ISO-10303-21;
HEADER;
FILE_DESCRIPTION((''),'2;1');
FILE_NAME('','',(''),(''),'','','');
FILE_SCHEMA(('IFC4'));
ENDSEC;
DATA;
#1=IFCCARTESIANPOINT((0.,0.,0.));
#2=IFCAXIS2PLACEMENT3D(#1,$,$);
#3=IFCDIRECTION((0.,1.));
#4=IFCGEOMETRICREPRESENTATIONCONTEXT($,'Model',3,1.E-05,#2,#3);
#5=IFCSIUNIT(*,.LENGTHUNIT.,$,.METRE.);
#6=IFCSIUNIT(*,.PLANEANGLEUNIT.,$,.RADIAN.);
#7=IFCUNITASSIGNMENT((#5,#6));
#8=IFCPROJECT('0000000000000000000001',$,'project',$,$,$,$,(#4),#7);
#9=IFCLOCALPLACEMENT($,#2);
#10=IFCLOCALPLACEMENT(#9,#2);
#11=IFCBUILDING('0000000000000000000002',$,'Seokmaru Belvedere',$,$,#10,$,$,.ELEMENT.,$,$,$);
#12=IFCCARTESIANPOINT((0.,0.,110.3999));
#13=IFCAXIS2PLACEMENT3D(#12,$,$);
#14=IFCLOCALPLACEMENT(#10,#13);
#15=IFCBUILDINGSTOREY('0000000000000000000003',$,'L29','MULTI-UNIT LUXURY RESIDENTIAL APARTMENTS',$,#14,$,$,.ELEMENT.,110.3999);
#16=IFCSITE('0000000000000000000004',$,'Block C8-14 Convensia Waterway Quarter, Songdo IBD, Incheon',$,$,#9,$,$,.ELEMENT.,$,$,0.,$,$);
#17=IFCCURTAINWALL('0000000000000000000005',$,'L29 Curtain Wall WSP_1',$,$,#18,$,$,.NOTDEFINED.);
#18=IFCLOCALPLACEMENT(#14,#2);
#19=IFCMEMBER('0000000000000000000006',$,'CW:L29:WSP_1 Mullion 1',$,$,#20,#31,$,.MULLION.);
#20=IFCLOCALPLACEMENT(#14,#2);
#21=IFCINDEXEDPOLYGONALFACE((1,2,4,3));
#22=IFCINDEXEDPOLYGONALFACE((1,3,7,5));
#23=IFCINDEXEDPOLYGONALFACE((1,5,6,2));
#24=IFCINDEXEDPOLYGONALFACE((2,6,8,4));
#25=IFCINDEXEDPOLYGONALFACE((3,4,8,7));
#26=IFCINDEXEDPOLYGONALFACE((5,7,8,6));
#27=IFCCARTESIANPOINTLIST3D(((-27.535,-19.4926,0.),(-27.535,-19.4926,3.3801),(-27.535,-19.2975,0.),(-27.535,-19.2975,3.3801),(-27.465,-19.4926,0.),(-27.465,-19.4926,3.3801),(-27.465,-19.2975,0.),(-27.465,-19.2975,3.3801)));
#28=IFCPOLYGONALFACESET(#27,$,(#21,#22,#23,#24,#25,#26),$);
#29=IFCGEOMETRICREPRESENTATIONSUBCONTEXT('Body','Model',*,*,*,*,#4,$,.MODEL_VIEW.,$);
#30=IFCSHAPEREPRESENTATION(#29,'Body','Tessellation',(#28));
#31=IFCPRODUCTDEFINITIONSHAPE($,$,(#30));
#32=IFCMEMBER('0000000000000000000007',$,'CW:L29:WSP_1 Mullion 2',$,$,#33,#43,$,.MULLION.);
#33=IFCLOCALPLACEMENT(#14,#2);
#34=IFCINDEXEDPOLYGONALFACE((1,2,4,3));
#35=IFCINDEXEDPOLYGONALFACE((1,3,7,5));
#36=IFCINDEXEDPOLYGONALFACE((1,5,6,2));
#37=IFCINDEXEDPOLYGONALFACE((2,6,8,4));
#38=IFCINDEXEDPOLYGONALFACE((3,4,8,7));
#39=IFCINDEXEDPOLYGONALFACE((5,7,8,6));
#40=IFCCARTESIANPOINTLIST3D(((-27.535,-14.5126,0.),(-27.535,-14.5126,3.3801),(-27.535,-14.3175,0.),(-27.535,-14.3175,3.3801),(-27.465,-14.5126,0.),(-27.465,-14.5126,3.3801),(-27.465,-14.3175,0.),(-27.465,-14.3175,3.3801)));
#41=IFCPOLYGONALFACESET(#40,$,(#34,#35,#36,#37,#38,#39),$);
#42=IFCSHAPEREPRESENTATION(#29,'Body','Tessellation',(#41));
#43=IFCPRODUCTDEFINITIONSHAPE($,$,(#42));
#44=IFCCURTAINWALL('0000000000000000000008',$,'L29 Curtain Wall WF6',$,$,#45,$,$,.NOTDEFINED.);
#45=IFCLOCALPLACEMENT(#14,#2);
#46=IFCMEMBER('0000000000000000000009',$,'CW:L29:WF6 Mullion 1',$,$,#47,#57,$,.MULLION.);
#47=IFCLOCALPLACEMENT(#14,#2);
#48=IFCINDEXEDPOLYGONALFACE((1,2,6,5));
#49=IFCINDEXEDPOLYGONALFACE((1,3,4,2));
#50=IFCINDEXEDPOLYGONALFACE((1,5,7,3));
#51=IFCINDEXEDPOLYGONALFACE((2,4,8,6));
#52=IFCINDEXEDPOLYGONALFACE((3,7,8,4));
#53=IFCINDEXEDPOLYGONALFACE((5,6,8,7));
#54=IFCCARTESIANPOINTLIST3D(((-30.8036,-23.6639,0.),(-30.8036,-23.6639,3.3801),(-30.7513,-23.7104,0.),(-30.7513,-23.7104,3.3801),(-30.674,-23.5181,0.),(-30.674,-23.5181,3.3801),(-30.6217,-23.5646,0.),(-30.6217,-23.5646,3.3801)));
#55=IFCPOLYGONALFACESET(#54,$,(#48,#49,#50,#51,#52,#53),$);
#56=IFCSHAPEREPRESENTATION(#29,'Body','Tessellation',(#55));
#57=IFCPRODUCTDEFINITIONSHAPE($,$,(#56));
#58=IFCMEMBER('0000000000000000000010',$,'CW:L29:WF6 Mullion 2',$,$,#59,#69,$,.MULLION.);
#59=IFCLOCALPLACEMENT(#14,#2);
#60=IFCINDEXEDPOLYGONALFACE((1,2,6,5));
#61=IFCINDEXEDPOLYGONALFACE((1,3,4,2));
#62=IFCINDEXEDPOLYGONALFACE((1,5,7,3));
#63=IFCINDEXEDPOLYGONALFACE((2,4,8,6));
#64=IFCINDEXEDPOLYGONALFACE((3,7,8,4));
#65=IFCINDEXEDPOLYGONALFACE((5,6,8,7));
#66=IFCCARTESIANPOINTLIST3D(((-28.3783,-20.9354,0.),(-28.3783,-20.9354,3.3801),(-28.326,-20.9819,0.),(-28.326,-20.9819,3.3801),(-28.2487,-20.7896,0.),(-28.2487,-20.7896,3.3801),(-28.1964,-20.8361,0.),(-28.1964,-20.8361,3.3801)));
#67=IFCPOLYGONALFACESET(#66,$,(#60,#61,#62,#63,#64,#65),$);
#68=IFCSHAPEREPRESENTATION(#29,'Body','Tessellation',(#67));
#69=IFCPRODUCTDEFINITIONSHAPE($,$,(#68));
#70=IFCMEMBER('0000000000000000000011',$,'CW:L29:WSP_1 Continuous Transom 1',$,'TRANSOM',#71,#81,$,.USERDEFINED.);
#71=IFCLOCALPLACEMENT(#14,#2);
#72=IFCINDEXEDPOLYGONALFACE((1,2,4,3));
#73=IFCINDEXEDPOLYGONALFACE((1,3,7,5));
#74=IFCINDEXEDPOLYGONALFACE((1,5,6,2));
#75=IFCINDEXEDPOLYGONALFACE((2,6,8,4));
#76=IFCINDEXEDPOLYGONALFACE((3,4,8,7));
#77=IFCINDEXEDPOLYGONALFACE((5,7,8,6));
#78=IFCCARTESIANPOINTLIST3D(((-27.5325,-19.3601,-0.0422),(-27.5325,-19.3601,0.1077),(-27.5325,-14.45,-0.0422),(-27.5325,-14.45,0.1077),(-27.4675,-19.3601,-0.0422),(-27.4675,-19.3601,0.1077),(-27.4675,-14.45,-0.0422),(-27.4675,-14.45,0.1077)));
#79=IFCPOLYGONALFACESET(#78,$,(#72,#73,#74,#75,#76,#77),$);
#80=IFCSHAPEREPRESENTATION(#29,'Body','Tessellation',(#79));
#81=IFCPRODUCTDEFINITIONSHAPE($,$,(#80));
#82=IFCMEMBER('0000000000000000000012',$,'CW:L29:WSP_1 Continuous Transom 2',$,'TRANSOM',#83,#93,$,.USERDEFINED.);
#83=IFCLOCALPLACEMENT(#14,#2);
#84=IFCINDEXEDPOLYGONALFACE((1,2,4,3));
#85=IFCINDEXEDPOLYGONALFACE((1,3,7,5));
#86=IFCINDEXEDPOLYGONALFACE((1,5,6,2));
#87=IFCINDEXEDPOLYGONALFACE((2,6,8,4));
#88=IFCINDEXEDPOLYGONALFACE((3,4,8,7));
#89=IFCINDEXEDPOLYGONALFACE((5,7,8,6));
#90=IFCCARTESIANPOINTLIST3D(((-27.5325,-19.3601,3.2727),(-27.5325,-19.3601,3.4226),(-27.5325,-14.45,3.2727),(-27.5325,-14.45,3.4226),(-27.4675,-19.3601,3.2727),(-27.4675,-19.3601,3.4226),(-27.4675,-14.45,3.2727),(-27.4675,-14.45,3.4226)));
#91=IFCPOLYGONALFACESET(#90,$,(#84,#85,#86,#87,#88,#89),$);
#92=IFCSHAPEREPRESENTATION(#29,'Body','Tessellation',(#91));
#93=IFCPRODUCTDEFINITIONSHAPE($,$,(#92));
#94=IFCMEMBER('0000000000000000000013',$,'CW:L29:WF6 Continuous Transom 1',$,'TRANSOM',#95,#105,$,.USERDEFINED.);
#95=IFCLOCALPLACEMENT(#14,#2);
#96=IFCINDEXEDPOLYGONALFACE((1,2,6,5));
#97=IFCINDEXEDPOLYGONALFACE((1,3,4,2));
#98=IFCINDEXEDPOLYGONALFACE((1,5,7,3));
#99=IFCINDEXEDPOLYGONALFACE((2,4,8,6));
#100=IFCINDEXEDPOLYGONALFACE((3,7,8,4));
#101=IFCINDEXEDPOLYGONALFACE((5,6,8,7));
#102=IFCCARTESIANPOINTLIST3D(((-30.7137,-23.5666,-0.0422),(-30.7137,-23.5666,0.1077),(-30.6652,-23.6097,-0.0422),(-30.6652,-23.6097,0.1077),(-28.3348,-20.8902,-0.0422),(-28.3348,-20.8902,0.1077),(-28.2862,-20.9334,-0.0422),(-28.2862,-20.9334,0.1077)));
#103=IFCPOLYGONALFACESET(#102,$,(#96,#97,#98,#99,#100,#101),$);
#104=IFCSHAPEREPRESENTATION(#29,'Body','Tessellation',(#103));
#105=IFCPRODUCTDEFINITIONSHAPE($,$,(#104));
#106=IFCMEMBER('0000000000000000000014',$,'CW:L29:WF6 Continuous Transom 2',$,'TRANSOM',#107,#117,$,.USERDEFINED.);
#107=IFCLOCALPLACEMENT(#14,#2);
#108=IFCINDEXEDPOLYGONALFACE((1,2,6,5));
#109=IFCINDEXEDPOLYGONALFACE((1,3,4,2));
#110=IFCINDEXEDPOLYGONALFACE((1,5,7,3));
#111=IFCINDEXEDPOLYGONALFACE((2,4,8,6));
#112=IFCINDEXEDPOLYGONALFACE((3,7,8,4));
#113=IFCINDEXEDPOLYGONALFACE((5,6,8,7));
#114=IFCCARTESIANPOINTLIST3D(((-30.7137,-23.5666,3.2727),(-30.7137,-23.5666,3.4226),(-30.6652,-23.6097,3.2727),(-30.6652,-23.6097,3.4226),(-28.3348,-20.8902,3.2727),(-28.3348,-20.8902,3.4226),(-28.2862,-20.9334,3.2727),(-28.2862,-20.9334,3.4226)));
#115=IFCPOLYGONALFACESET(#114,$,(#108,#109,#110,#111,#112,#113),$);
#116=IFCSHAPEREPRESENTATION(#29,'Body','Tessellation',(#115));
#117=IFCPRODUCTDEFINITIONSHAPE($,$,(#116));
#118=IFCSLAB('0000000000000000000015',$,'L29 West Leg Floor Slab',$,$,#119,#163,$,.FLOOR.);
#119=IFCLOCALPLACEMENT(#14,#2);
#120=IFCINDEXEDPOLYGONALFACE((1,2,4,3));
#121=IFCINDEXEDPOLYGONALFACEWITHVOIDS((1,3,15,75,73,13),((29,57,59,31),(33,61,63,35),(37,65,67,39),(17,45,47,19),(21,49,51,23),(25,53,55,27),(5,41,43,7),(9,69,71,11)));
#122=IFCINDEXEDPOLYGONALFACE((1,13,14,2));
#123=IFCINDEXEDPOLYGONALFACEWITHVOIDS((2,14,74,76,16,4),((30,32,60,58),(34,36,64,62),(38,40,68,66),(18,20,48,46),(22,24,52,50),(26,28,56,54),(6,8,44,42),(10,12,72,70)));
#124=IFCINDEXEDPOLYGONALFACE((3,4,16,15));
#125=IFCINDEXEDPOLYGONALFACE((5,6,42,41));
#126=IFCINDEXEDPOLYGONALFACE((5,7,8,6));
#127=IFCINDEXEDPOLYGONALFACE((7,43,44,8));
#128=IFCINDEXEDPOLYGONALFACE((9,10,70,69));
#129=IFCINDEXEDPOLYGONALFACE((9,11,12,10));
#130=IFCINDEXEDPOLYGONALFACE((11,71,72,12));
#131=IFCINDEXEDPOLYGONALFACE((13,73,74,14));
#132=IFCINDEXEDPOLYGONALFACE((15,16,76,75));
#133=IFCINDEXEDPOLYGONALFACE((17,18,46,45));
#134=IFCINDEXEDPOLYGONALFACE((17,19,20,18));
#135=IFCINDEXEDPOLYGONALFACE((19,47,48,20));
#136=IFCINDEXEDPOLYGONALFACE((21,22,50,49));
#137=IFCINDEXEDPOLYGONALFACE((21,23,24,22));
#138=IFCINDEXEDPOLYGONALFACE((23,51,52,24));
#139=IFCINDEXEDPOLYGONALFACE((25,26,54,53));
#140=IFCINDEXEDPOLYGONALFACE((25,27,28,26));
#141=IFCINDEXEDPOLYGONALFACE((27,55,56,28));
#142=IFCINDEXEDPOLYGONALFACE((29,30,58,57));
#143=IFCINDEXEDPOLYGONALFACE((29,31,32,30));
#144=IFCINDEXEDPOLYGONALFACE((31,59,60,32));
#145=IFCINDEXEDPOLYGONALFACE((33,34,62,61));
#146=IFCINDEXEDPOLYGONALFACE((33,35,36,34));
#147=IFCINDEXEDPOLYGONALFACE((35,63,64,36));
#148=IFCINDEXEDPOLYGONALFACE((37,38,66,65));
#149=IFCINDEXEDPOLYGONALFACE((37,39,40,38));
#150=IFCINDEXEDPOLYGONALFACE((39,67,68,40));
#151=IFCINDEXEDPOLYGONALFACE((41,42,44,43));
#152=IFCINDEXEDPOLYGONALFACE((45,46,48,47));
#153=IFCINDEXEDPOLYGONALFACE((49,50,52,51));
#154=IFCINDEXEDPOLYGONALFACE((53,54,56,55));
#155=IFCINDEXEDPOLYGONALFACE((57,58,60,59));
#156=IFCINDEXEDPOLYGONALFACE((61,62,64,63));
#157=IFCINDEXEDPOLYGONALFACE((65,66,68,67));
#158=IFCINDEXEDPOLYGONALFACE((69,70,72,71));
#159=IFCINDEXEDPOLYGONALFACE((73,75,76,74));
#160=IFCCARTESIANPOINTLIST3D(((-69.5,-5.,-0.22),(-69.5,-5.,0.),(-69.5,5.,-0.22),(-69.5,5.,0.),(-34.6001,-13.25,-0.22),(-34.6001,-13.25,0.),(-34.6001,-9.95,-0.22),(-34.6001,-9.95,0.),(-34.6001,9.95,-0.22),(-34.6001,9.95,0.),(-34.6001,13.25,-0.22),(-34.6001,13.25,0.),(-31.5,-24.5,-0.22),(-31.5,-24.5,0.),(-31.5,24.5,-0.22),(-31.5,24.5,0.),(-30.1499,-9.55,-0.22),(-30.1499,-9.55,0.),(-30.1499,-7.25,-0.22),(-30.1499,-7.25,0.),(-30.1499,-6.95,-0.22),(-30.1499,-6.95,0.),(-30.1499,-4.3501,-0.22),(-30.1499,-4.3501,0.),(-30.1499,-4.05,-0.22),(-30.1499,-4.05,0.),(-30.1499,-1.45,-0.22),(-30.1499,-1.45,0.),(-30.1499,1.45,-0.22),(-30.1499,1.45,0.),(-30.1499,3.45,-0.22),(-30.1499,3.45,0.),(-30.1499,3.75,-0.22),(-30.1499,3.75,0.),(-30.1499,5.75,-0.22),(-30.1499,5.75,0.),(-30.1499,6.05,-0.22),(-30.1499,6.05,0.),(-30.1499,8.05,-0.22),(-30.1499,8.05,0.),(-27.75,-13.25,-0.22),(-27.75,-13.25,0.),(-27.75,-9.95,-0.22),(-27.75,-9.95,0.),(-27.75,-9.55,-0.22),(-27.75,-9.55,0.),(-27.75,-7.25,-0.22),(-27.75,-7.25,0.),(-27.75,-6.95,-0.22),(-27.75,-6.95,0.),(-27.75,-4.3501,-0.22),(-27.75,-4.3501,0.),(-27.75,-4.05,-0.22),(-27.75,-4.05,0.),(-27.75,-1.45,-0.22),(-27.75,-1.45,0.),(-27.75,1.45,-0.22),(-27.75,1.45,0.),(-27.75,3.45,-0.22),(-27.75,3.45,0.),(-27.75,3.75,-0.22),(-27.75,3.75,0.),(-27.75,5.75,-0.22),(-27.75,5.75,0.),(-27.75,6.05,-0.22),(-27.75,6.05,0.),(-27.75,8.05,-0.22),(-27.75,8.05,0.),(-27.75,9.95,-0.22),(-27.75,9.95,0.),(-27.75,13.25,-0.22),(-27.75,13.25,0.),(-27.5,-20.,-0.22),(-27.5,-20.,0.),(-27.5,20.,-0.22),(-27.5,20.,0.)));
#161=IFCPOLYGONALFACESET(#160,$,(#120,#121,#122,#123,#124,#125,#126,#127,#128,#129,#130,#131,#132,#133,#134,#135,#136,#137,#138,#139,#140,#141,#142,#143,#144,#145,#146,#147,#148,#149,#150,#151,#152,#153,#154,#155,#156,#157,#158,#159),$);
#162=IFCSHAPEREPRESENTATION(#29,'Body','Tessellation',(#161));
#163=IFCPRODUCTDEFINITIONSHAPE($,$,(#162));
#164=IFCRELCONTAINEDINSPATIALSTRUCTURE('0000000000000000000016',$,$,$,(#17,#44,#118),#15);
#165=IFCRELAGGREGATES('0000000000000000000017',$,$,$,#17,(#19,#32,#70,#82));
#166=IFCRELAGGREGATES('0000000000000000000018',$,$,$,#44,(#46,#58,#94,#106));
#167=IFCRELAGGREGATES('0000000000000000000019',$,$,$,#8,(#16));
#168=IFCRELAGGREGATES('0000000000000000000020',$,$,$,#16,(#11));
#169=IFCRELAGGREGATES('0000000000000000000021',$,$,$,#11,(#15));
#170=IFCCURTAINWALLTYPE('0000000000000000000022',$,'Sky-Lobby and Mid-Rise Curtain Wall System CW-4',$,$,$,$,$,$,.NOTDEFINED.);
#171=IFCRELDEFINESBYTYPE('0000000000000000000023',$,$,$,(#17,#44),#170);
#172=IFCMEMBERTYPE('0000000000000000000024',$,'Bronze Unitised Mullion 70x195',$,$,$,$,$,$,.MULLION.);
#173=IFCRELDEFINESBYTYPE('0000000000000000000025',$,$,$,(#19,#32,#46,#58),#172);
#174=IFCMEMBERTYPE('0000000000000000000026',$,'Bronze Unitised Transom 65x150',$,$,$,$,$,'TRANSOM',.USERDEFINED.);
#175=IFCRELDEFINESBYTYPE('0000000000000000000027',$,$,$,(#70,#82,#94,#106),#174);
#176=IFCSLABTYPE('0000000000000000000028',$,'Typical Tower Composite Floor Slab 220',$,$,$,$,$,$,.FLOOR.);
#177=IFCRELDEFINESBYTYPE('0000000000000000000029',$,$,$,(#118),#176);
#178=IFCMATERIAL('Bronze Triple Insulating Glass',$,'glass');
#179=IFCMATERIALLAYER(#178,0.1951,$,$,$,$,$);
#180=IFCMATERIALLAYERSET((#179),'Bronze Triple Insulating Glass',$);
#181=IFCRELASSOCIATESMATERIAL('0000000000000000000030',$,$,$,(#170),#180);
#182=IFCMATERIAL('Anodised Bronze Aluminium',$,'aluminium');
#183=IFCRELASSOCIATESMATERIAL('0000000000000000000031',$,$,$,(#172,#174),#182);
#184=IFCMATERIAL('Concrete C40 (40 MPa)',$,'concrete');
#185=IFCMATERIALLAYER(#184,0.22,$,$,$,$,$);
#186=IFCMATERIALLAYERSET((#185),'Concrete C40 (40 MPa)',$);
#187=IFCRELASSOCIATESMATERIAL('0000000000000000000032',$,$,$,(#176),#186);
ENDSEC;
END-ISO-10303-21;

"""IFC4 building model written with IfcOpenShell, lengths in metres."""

from ifc_helpers import new_model, si_unit, direction, frame, origin, origin_2d, place, context, subcontext, project, spatial, polyline, rectangle, outline, extrude, source, transform, mapped, material, layer, layer_set, material_profile, profile_set, type_object, type_shapes, element, aggregate, save


model = new_model("IFC4")

# Units and contexts
model_context = context("Model", 3, precision=1e-05, world=origin(), true_north=direction((0.0, 1.0)))
body_context = subcontext(model_context, "Body", "Model", "MODEL_VIEW")
ifc_project = project(units=[si_unit("LENGTHUNIT", "METRE"), si_unit("PLANEANGLEUNIT", "RADIAN")], contexts=[model_context])

# Site, building, storey
site_placement = place(None, origin())
site = spatial("IfcSite", under=ifc_project, at=site_placement, Name="Block C8-14 Convensia Waterway Quarter, Songdo IBD, Incheon", CompositionType="ELEMENT", RefElevation=0.0)
building_placement = place(site_placement, origin())
building = spatial("IfcBuilding", under=site, at=building_placement, Name="Seokmaru Belvedere", CompositionType="ELEMENT")
storey_placement = place(building_placement, frame((0.0, 0.0, 110.3999)))
storey = spatial("IfcBuildingStorey", under=building, at=storey_placement, Name="L29", Description="MULTI-UNIT LUXURY RESIDENTIAL APARTMENTS", CompositionType="ELEMENT", Elevation=110.3999)

# Curtain walls, members
ifc_material_1 = material(Name="Bronze Triple Insulating Glass", Category="glass")
ifc_layer_1 = layer(ifc_material_1, 0.1951)
ifc_layer_set_1 = layer_set([ifc_layer_1], Name="Bronze Triple Insulating Glass")
curtain_wall_type = type_object("IfcCurtainWallType", Name="Sky-Lobby and Mid-Rise Curtain Wall System CW-4", PredefinedType="NOTDEFINED", material=ifc_layer_set_1)
curtain_wall_1_placement = place(storey_placement, origin())
curtain_wall_1 = element("IfcCurtainWall", 1, at=curtain_wall_1_placement, inside=storey, type_object=curtain_wall_type, Name="L29 Curtain Wall WSP_1", PredefinedType="NOTDEFINED")
ifc_material_2 = material(Name="Anodised Bronze Aluminium", Category="aluminium")
ifc_material_profile_1 = material_profile(ifc_material_2, rectangle(XDim=0.0701, YDim=0.1951, at=origin_2d()), Name="CW-M-70x195")
ifc_profile_set_1 = profile_set([ifc_material_profile_1], Name="Anodised Bronze Aluminium")
member_type_1 = type_object("IfcMemberType", Name="Bronze Unitised Mullion 70x195", PredefinedType="MULLION", material=ifc_profile_set_1)
shared_shape_1 = source(origin(), body_context, "Body", "SweptSolid", [
    extrude(rectangle(XDim=0.0701, YDim=0.1951, at=origin_2d()), origin(), (0.0, 0.0, 1.0), 3.3801),
])
type_shapes(member_type_1, [shared_shape_1])
member_1_placement = place(storey_placement, frame((-27.5, -19.395, 0.0), z_axis=(0.0, 0.0, 1.0), x_axis=(-1.0, 0.0, 0.0)))
member_1 = element("IfcMember", 2, at=member_1_placement, type_object=member_type_1, Name="CW:L29:WSP_1 Mullion 1", PredefinedType="MULLION", context=body_context, shape_type="MappedRepresentation", body=[
    mapped(shared_shape_1, transform((0.0, 0.0, 0.0), scale=1.0)),
])
member_2_placement = place(storey_placement, frame((-27.5, -14.415, 0.0), z_axis=(0.0, 0.0, 1.0), x_axis=(-1.0, 0.0, 0.0)))
member_2 = element("IfcMember", 3, at=member_2_placement, type_object=member_type_1, Name="CW:L29:WSP_1 Mullion 2", PredefinedType="MULLION", context=body_context, shape_type="MappedRepresentation", body=[
    mapped(shared_shape_1, transform((0.0, 0.0, 0.0), scale=1.0)),
])
curtain_wall_2_placement = place(storey_placement, origin())
curtain_wall_2 = element("IfcCurtainWall", 4, at=curtain_wall_2_placement, inside=storey, type_object=curtain_wall_type, Name="L29 Curtain Wall WF6", PredefinedType="NOTDEFINED")
member_3_placement = place(storey_placement, frame((-30.7126, -23.6143, 0.0), z_axis=(0.0, 0.0, 1.0), x_axis=(-0.74741, 0.664363, 0.0)))
member_3 = element("IfcMember", 5, at=member_3_placement, type_object=member_type_1, Name="CW:L29:WF6 Mullion 1", PredefinedType="MULLION", context=body_context, shape_type="MappedRepresentation", body=[
    mapped(shared_shape_1, transform((0.0, 0.0, 0.0), scale=1.0)),
])
member_4_placement = place(storey_placement, frame((-28.2874, -20.8857, 0.0), z_axis=(0.0, 0.0, 1.0), x_axis=(-0.74741, 0.664363, 0.0)))
member_4 = element("IfcMember", 6, at=member_4_placement, type_object=member_type_1, Name="CW:L29:WF6 Mullion 2", PredefinedType="MULLION", context=body_context, shape_type="MappedRepresentation", body=[
    mapped(shared_shape_1, transform((0.0, 0.0, 0.0), scale=1.0)),
])

# Members
ifc_material_profile_2 = material_profile(ifc_material_2, rectangle(XDim=0.0649, YDim=0.1499, at=origin_2d()), Name="CW-T-65x150")
ifc_profile_set_2 = profile_set([ifc_material_profile_2], Name="Anodised Bronze Aluminium")
member_type_2 = type_object("IfcMemberType", Name="Bronze Unitised Transom 65x150", ElementType="TRANSOM", PredefinedType="USERDEFINED", material=ifc_profile_set_2)
shared_shape_2 = source(origin(), body_context, "Body", "SweptSolid", [
    extrude(rectangle(XDim=0.0649, YDim=0.1499, at=origin_2d()), origin(), (0.0, 0.0, 1.0), 4.9102),
])
member_5_placement = place(storey_placement, frame((-27.5, -19.3601, 0.0327), z_axis=(0.0, 1.0, 0.0), x_axis=(-1.0, 0.0, 0.0)))
member_5 = element("IfcMember", 7, at=member_5_placement, type_object=member_type_2, Name="CW:L29:WSP_1 Continuous Transom 1", ObjectType="TRANSOM", PredefinedType="USERDEFINED", context=body_context, shape_type="MappedRepresentation", body=[
    mapped(shared_shape_2, transform((0.0, 0.0, 0.0), scale=1.0)),
])
member_6_placement = place(storey_placement, frame((-27.5, -19.3601, 3.3477), z_axis=(0.0, 1.0, 0.0), x_axis=(-1.0, 0.0, 0.0)))
member_6 = element("IfcMember", 8, at=member_6_placement, type_object=member_type_2, Name="CW:L29:WSP_1 Continuous Transom 2", ObjectType="TRANSOM", PredefinedType="USERDEFINED", context=body_context, shape_type="MappedRepresentation", body=[
    mapped(shared_shape_2, transform((0.0, 0.0, 0.0), scale=1.0)),
])
shared_shape_3 = source(origin(), body_context, "Body", "SweptSolid", [
    extrude(rectangle(XDim=0.0649, YDim=0.1499, at=origin_2d()), origin(), (0.0, 0.0, 1.0), 3.5808),
])
type_shapes(member_type_2, [shared_shape_2, shared_shape_3])
member_7_placement = place(storey_placement, frame((-30.6895, -23.5881, 0.0327), z_axis=(0.664364, 0.747409, 0.0), x_axis=(-0.747409, 0.664364, 0.0)))
member_7 = element("IfcMember", 9, at=member_7_placement, type_object=member_type_2, Name="CW:L29:WF6 Continuous Transom 1", ObjectType="TRANSOM", PredefinedType="USERDEFINED", context=body_context, shape_type="MappedRepresentation", body=[
    mapped(shared_shape_3, transform((0.0, 0.0, 0.0), scale=1.0)),
])
member_8_placement = place(storey_placement, frame((-30.6895, -23.5881, 3.3477), z_axis=(0.664364, 0.747409, 0.0), x_axis=(-0.747409, 0.664364, 0.0)))
member_8 = element("IfcMember", 10, at=member_8_placement, type_object=member_type_2, Name="CW:L29:WF6 Continuous Transom 2", ObjectType="TRANSOM", PredefinedType="USERDEFINED", context=body_context, shape_type="MappedRepresentation", body=[
    mapped(shared_shape_3, transform((0.0, 0.0, 0.0), scale=1.0)),
])

# Slab
ifc_material_3 = material(Name="Concrete C40 (40 MPa)", Category="concrete")
ifc_layer_2 = layer(ifc_material_3, 0.22)
ifc_layer_set_2 = layer_set([ifc_layer_2], Name="Concrete C40 (40 MPa)")
slab_type = type_object("IfcSlabType", Name="Typical Tower Composite Floor Slab 220", PredefinedType="FLOOR", material=ifc_layer_set_2)
slab_1_placement = place(storey_placement, frame((0.0, 0.0, -0.22)))
element("IfcSlab", 11, at=slab_1_placement, inside=storey, type_object=slab_type, Name="L29 West Leg Floor Slab", PredefinedType="FLOOR", context=body_context, shape_type="SweptSolid", body=[
    extrude(outline(polyline([(-27.5, -20.0), (-27.5, 20.0), (-31.5, 24.5), (-69.5, 5.0), (-69.5, -5.0), (-31.5, -24.5), (-27.5, -20.0)]), holes=[polyline([(-34.6001, -13.25), (-27.75, -13.25), (-27.75, -9.95), (-34.6001, -9.95), (-34.6001, -13.25)]), polyline([(-34.6001, 9.95), (-27.75, 9.95), (-27.75, 13.25), (-34.6001, 13.25), (-34.6001, 9.95)]), polyline([(-30.1499, -9.55), (-27.75, -9.55), (-27.75, -7.25), (-30.1499, -7.25), (-30.1499, -9.55)]), polyline([(-30.1499, -6.95), (-27.75, -6.95), (-27.75, -4.3501), (-30.1499, -4.3501), (-30.1499, -6.95)]), polyline([(-30.1499, -4.05), (-27.75, -4.05), (-27.75, -1.45), (-30.1499, -1.45), (-30.1499, -4.05)]), polyline([(-30.1499, 1.45), (-27.75, 1.45), (-27.75, 3.45), (-30.1499, 3.45), (-30.1499, 1.45)]), polyline([(-30.1499, 3.75), (-27.75, 3.75), (-27.75, 5.75), (-30.1499, 5.75), (-30.1499, 3.75)]), polyline([(-30.1499, 6.05), (-27.75, 6.05), (-27.75, 8.05), (-30.1499, 8.05), (-30.1499, 6.05)])]), origin(), (0.0, 0.0, 1.0), 0.22),
])

aggregate(curtain_wall_1, [member_1, member_2, member_5, member_6])
aggregate(curtain_wall_2, [member_3, member_4, member_7, member_8])

save(model, "model.ifc")
